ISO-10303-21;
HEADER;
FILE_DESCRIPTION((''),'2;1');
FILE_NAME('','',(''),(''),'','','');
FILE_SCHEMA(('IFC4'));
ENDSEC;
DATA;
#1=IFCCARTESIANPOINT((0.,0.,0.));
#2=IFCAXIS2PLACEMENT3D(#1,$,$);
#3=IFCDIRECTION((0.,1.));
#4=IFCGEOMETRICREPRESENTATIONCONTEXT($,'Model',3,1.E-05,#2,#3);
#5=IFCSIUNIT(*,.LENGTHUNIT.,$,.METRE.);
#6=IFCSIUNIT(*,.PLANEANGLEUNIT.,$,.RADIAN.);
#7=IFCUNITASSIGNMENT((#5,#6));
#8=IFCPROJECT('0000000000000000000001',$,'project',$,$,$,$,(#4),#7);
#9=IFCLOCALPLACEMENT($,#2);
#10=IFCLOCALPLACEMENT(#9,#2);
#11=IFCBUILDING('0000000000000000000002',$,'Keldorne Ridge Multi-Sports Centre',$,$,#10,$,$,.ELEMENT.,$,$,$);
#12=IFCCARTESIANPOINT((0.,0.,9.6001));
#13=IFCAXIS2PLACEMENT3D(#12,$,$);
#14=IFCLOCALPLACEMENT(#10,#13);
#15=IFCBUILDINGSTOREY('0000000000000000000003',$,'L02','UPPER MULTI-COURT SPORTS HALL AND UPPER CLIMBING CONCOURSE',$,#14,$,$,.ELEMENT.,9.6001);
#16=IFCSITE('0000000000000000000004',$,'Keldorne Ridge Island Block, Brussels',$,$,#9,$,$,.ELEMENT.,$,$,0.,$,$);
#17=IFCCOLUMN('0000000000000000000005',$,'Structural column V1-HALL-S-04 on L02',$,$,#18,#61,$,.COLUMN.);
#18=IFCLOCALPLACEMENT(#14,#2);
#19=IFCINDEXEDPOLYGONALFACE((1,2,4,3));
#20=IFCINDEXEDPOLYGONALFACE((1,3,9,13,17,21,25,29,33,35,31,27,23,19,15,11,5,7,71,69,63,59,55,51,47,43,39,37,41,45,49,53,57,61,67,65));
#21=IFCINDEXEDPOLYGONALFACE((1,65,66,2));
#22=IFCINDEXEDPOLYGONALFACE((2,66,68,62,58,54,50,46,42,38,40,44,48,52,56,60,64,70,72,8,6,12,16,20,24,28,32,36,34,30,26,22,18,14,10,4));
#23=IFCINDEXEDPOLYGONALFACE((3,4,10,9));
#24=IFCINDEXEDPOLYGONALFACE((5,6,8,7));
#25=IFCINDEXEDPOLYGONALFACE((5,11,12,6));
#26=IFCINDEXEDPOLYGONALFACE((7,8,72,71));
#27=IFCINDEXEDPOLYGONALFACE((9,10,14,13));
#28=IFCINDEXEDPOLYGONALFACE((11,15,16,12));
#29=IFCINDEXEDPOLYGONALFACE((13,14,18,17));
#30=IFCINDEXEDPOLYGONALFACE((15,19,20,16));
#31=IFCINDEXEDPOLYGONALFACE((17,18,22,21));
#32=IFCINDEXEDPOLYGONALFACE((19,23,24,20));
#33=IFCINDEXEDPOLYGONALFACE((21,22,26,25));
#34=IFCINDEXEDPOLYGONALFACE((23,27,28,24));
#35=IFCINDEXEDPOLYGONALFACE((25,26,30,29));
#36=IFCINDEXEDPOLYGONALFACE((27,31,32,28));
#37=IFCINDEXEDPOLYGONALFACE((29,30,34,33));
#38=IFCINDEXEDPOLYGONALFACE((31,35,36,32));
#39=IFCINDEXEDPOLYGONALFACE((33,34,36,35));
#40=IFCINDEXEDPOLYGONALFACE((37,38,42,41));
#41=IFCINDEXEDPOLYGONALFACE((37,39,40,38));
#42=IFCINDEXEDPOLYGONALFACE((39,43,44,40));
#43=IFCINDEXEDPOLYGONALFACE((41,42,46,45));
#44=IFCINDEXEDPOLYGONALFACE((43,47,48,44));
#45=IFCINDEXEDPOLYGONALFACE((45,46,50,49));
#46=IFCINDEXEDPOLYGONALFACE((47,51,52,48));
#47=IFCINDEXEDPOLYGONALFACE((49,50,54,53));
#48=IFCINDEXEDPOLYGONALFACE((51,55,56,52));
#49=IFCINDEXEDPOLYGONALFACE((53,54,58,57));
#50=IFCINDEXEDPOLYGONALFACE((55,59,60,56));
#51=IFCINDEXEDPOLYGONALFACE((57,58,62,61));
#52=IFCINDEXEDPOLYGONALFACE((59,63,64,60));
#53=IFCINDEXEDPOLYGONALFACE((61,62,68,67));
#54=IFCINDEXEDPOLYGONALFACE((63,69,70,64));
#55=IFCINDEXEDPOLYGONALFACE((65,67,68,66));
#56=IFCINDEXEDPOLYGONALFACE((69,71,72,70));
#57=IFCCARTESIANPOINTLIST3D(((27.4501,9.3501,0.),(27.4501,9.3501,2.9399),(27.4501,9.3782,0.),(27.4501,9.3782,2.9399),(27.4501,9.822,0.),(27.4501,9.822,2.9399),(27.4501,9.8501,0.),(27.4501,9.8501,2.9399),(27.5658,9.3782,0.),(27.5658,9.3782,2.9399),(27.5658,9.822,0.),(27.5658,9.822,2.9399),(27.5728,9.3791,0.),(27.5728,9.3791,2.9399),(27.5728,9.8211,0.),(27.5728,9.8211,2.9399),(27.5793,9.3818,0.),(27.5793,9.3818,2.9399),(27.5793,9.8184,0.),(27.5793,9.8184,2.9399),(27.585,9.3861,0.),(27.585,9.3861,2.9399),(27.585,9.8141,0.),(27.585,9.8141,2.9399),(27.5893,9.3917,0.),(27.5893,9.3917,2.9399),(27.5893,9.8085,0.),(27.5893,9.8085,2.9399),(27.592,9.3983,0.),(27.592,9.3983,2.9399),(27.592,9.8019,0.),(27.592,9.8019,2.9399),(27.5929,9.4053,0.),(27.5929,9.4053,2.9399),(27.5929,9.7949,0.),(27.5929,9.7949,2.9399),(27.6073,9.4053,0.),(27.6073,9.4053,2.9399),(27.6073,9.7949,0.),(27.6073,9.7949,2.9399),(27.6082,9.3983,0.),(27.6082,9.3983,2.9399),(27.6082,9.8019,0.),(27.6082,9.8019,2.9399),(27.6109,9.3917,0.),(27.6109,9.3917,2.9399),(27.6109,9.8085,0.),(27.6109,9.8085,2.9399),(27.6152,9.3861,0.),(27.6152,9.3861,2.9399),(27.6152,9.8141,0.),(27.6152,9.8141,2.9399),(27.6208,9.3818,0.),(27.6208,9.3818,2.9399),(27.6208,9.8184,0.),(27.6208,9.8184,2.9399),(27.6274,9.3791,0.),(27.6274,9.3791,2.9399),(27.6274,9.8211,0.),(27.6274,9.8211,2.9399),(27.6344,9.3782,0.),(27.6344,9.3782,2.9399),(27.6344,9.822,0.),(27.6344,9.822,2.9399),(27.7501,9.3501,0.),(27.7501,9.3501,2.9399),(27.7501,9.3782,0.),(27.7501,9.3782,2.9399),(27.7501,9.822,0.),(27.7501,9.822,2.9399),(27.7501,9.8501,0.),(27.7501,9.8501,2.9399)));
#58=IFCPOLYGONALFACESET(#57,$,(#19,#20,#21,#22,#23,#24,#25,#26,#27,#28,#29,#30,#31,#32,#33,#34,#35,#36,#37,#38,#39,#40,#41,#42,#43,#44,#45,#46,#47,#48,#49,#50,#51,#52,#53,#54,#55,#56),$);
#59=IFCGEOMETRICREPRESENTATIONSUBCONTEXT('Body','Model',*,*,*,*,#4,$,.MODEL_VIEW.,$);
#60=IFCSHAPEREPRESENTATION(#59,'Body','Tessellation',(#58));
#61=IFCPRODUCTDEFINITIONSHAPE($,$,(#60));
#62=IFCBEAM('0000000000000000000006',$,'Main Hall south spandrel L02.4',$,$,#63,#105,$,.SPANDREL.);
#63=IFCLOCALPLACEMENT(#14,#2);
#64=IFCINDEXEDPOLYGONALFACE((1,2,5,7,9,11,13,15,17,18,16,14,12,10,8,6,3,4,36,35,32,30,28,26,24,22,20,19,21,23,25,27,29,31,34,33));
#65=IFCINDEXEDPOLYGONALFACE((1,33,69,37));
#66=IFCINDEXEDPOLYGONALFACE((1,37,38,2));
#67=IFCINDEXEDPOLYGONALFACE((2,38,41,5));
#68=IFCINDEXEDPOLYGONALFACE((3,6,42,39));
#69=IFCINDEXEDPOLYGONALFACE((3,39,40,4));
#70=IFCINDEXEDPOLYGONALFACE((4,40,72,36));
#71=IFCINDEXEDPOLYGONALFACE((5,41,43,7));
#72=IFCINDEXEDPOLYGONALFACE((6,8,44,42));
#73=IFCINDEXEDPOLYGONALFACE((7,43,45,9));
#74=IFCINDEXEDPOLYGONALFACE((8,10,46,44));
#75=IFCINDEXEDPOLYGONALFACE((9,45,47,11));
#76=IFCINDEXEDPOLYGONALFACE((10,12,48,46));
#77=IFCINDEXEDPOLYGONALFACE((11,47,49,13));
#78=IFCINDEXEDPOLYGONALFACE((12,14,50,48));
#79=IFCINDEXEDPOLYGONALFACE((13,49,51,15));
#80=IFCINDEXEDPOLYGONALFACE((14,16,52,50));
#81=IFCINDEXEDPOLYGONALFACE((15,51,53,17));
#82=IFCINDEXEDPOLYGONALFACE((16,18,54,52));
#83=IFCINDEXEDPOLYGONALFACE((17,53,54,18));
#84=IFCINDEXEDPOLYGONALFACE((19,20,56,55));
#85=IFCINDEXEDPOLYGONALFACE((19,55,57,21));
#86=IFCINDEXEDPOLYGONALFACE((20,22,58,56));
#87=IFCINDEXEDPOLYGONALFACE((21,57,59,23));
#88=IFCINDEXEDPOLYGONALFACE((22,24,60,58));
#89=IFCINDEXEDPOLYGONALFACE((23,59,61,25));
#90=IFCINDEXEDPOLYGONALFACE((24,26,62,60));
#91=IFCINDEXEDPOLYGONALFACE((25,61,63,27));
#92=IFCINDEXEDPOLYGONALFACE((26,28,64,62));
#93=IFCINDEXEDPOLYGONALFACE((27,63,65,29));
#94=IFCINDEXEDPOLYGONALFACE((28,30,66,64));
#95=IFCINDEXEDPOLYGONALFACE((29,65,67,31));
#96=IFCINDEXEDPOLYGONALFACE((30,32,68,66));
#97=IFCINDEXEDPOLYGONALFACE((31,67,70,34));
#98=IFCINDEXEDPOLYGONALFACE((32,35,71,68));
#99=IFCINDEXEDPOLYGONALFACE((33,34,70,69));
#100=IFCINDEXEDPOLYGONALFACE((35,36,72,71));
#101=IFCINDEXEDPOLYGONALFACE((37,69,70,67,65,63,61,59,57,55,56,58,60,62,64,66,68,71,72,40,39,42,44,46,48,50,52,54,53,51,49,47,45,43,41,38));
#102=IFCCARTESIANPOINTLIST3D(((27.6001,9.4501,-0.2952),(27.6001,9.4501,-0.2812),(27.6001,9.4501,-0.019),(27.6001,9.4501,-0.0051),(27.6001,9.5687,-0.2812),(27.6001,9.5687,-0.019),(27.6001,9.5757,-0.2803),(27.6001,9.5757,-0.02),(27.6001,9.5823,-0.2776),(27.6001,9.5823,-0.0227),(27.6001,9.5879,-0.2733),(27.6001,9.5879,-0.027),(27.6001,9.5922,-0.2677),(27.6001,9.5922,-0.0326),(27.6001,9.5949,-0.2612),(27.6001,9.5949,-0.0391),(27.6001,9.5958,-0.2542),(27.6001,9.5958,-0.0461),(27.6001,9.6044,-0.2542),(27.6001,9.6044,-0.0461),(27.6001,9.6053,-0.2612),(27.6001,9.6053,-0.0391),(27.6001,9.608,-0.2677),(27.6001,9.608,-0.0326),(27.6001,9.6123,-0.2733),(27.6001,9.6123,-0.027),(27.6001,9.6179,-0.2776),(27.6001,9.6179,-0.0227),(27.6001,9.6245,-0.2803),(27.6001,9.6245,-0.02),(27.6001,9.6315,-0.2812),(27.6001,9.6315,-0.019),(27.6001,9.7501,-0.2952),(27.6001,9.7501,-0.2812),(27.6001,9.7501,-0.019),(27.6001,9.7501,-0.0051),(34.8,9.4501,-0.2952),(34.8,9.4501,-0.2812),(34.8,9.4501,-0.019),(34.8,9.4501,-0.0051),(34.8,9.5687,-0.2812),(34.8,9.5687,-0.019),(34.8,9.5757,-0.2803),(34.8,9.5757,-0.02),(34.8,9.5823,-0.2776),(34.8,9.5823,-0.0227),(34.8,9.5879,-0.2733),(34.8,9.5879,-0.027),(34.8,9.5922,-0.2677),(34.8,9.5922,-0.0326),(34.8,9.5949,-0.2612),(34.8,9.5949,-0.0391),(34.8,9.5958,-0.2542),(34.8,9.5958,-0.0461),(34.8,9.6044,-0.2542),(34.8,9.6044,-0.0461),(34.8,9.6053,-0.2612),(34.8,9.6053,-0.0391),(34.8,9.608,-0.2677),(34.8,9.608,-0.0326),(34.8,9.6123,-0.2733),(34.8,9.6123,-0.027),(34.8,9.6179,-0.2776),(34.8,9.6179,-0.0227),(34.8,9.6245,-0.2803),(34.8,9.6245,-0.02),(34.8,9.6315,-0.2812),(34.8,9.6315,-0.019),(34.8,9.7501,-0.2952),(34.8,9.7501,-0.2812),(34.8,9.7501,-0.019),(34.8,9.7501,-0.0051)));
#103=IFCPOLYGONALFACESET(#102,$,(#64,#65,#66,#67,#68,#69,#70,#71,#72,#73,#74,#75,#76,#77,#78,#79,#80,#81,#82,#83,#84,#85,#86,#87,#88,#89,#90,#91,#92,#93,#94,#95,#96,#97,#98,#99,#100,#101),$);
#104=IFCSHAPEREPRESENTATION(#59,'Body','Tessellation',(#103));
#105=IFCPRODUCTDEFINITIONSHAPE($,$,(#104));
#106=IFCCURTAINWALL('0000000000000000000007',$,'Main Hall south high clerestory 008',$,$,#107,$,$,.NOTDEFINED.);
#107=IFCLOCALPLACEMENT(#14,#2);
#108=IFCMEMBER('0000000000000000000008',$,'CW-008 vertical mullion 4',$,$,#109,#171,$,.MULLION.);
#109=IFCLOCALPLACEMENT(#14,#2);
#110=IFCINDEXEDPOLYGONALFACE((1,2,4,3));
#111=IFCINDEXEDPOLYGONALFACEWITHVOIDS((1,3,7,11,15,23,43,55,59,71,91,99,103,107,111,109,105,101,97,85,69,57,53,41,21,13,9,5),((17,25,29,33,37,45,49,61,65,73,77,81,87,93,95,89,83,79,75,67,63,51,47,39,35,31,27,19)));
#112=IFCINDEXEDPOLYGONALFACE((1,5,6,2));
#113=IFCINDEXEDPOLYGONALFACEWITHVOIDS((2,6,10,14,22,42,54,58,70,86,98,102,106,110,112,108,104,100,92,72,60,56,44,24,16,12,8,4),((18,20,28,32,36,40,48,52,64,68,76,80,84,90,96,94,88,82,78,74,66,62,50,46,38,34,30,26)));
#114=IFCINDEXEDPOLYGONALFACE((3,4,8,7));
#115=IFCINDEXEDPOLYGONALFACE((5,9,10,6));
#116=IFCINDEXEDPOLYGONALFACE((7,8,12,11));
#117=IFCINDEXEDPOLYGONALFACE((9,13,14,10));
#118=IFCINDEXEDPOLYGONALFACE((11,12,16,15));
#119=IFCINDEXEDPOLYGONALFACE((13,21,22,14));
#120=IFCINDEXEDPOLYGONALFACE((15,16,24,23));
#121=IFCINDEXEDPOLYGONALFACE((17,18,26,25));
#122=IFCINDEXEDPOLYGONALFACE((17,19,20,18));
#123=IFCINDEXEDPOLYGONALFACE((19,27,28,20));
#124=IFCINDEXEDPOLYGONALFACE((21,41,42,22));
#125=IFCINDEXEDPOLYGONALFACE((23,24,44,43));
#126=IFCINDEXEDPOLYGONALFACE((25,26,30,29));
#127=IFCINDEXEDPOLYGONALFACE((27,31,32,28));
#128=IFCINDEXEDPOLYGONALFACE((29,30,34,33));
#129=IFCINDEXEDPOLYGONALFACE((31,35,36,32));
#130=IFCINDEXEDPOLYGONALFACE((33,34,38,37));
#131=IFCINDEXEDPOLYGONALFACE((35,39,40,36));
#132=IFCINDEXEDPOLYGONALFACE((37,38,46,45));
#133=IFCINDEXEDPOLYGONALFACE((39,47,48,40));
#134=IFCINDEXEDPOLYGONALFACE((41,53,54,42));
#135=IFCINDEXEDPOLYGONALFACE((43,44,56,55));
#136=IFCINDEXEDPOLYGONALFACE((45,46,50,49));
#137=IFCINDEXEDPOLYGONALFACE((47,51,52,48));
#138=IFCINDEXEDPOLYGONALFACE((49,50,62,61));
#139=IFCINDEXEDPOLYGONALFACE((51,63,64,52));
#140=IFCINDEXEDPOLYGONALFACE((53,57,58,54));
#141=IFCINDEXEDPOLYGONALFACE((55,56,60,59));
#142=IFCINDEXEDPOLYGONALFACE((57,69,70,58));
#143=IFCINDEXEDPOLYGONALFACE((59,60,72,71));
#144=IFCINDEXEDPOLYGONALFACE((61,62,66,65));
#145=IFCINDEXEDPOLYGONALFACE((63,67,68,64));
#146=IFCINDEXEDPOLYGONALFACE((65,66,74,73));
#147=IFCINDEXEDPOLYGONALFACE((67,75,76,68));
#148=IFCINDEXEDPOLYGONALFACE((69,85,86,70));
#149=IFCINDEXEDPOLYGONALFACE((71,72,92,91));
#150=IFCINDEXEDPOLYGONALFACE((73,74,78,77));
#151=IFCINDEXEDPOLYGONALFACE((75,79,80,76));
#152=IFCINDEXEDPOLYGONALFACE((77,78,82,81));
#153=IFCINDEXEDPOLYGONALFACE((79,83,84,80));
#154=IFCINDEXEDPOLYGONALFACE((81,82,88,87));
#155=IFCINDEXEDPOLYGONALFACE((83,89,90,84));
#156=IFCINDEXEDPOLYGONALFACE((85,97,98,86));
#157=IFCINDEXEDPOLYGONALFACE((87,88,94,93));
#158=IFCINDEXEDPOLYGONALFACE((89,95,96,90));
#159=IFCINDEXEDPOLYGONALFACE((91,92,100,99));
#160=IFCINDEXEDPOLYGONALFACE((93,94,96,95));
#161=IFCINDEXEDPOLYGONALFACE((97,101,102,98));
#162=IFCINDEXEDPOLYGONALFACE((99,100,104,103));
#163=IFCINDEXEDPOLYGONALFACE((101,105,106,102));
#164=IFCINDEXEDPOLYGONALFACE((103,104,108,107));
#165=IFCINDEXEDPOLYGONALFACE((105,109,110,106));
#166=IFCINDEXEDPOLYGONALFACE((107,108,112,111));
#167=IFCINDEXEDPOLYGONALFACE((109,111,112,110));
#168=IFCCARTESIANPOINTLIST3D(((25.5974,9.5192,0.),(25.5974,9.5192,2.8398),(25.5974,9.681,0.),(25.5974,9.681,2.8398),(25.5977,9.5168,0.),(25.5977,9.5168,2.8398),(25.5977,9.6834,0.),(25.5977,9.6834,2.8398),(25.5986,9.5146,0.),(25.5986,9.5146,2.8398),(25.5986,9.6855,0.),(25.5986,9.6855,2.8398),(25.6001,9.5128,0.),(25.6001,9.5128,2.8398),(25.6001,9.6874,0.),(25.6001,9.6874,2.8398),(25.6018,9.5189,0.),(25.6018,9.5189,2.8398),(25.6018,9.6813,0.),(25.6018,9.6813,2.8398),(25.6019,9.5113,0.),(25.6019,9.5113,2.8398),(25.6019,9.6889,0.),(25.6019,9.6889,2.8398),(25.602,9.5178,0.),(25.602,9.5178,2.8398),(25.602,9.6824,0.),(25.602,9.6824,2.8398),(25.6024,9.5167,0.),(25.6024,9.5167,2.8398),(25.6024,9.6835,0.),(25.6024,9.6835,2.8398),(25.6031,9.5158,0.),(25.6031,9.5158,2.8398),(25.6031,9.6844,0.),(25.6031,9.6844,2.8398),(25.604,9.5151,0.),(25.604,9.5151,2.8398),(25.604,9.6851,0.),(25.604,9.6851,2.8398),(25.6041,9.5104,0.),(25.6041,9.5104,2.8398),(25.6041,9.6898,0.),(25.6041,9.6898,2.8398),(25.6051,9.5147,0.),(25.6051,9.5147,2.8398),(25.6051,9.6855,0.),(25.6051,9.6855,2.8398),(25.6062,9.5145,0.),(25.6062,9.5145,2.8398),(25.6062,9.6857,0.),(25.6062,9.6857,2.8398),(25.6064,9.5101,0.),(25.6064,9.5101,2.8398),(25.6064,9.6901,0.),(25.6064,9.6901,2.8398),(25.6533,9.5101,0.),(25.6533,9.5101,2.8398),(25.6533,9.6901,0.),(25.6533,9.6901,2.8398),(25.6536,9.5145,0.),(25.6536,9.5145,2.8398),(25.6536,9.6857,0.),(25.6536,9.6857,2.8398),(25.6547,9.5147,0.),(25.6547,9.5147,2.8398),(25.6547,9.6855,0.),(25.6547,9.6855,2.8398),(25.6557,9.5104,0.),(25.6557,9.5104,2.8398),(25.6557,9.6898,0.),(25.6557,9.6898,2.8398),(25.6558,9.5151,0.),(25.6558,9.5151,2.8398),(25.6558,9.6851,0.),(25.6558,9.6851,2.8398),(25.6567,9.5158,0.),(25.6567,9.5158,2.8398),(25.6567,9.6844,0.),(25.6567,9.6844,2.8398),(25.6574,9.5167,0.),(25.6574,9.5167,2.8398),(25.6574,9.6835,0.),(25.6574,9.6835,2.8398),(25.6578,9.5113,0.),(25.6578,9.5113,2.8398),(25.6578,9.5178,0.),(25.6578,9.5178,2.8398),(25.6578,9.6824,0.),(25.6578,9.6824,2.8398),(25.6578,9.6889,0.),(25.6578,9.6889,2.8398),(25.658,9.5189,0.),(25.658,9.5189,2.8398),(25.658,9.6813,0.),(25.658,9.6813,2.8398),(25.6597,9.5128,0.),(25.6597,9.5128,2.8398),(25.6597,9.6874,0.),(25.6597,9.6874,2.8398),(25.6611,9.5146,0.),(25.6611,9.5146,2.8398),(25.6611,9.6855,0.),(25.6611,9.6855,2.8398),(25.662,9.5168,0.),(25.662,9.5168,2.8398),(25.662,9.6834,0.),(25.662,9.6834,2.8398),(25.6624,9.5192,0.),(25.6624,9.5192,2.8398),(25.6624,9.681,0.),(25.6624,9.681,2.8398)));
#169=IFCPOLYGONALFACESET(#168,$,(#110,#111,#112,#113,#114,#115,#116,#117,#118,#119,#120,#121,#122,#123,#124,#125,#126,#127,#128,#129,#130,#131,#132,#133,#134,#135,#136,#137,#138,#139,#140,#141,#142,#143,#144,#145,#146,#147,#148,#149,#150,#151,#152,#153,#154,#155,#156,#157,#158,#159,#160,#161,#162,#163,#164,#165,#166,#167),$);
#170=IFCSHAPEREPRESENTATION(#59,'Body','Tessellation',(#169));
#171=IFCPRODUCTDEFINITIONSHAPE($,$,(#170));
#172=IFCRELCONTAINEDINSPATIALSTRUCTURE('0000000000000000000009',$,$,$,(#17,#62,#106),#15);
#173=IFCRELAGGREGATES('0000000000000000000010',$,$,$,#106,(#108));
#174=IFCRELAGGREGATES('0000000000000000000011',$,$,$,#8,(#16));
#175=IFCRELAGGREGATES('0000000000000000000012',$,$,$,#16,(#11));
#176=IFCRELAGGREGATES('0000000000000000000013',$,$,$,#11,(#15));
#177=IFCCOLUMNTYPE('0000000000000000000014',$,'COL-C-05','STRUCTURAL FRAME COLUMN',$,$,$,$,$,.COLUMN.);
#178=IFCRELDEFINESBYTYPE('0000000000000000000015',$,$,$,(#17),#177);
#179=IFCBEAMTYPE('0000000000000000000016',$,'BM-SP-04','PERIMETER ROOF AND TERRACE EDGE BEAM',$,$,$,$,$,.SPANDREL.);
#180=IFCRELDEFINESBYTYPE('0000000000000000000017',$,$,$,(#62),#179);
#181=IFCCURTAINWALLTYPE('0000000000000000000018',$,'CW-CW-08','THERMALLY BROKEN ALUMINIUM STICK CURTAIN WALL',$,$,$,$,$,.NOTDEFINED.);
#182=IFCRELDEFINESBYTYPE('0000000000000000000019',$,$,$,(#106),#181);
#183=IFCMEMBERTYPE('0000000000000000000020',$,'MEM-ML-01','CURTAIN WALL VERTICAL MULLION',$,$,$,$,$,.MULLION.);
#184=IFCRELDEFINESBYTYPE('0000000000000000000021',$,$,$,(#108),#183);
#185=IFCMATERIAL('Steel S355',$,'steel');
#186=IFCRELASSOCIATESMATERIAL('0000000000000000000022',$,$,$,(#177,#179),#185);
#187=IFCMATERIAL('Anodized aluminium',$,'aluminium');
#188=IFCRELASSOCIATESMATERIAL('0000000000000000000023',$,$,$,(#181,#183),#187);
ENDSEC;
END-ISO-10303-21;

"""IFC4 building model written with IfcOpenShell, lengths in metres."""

from ifc_helpers import new_model, si_unit, direction, frame, origin, origin_2d, place, context, subcontext, project, spatial, hollow_rectangle, i_section, extrude, material, material_profile, profile_set, type_object, element, aggregate, save


model = new_model("IFC4")

# Units and contexts
model_context = context("Model", 3, precision=1e-05, world=origin(), true_north=direction((0.0, 1.0)))
body_context = subcontext(model_context, "Body", "Model", "MODEL_VIEW")
ifc_project = project(units=[si_unit("LENGTHUNIT", "METRE"), si_unit("PLANEANGLEUNIT", "RADIAN")], contexts=[model_context])

# Site, building, storey
site_placement = place(None, origin())
site = spatial("IfcSite", under=ifc_project, at=site_placement, Name="Keldorne Ridge Island Block, Brussels", CompositionType="ELEMENT", RefElevation=0.0)
building_placement = place(site_placement, origin())
building = spatial("IfcBuilding", under=site, at=building_placement, Name="Keldorne Ridge Multi-Sports Centre", CompositionType="ELEMENT")
storey_placement = place(building_placement, frame((0.0, 0.0, 9.6001)))
storey = spatial("IfcBuildingStorey", under=building, at=storey_placement, Name="L02", Description="UPPER MULTI-COURT SPORTS HALL AND UPPER CLIMBING CONCOURSE", CompositionType="ELEMENT", Elevation=9.6001)

# Column
ifc_material_1 = material(Name="Steel S355", Category="steel")
ifc_material_profile_1 = material_profile(ifc_material_1, i_section(OverallWidth=0.3, OverallDepth=0.5, WebThickness=0.0144, FlangeThickness=0.0281, FilletRadius=0.0271, at=origin_2d()), Name="HEB 500")
ifc_profile_set_1 = profile_set([ifc_material_profile_1], Name="Steel S355")
column_type = type_object("IfcColumnType", Name="COL-C-05", Description="STRUCTURAL FRAME COLUMN", PredefinedType="COLUMN", material=ifc_profile_set_1)
column_placement = place(storey_placement, frame((27.6001, 9.6001, 0.0), z_axis=(0.0, 0.0, 1.0), x_axis=(1.0, 0.0, 0.0)))
element("IfcColumn", 1, at=column_placement, inside=storey, type_object=column_type, Name="Structural column V1-HALL-S-04 on L02", PredefinedType="COLUMN", context=body_context, shape_type="SweptSolid", body=[
    extrude(i_section(OverallWidth=0.3, OverallDepth=0.5, WebThickness=0.0144, FlangeThickness=0.0281, FilletRadius=0.0271, at=origin_2d()), origin(), (0.0, 0.0, 1.0), 2.9399),
])

# Beam
ifc_material_profile_2 = material_profile(ifc_material_1, i_section(OverallWidth=0.3, OverallDepth=0.29, WebThickness=0.0085, FlangeThickness=0.0139, FilletRadius=0.0271, at=origin_2d()), Name="HEA 300")
ifc_profile_set_2 = profile_set([ifc_material_profile_2], Name="Steel S355")
beam_type = type_object("IfcBeamType", Name="BM-SP-04", Description="PERIMETER ROOF AND TERRACE EDGE BEAM", PredefinedType="SPANDREL", material=ifc_profile_set_2)
beam_placement = place(storey_placement, frame((27.6001, 9.6001, -0.1501), z_axis=(1.0, 0.0, 0.0), x_axis=(0.0, 1.0, 0.0)))
element("IfcBeam", 2, at=beam_placement, inside=storey, type_object=beam_type, Name="Main Hall south spandrel L02.4", PredefinedType="SPANDREL", context=body_context, shape_type="SweptSolid", body=[
    extrude(i_section(OverallWidth=0.3, OverallDepth=0.29, WebThickness=0.0085, FlangeThickness=0.0139, FilletRadius=0.0271, at=origin_2d()), origin(), (0.0, 0.0, 1.0), 7.2),
])

# Curtain wall, member
ifc_material_2 = material(Name="Anodized aluminium", Category="aluminium")
curtain_wall_type_1 = type_object("IfcCurtainWallType", Name="CW-CW-08", Description="THERMALLY BROKEN ALUMINIUM STICK CURTAIN WALL", PredefinedType="NOTDEFINED", material=ifc_material_2)
curtain_wall_1_placement = place(storey_placement, origin())
curtain_wall_1 = element("IfcCurtainWall", 3, at=curtain_wall_1_placement, inside=storey, type_object=curtain_wall_type_1, Name="Main Hall south high clerestory 008", PredefinedType="NOTDEFINED")
ifc_material_profile_3 = material_profile(ifc_material_2, hollow_rectangle(XDim=0.0649, YDim=0.1799, WallThickness=0.0044, InnerFilletRadius=0.0044, OuterFilletRadius=0.009, at=origin_2d()), Name="ALU MULLION 180x65x4.5")
ifc_profile_set_3 = profile_set([ifc_material_profile_3], Name="Anodized aluminium")
member_type_1 = type_object("IfcMemberType", Name="MEM-ML-01", Description="CURTAIN WALL VERTICAL MULLION", PredefinedType="MULLION", material=ifc_profile_set_3)
member_1_placement = place(storey_placement, frame((25.6299, 9.6001, 0.0), z_axis=(0.0, 0.0, 1.0), x_axis=(1.0, 0.0, 0.0)))
member_1 = element("IfcMember", 4, at=member_1_placement, type_object=member_type_1, Name="CW-008 vertical mullion 4", PredefinedType="MULLION", context=body_context, shape_type="SweptSolid", body=[
    extrude(hollow_rectangle(XDim=0.0649, YDim=0.1799, WallThickness=0.0044, InnerFilletRadius=0.0044, OuterFilletRadius=0.009, at=origin_2d()), origin(), (0.0, 0.0, 1.0), 2.8398),
])

aggregate(curtain_wall_1, [member_1])

save(model, "model.ifc")
